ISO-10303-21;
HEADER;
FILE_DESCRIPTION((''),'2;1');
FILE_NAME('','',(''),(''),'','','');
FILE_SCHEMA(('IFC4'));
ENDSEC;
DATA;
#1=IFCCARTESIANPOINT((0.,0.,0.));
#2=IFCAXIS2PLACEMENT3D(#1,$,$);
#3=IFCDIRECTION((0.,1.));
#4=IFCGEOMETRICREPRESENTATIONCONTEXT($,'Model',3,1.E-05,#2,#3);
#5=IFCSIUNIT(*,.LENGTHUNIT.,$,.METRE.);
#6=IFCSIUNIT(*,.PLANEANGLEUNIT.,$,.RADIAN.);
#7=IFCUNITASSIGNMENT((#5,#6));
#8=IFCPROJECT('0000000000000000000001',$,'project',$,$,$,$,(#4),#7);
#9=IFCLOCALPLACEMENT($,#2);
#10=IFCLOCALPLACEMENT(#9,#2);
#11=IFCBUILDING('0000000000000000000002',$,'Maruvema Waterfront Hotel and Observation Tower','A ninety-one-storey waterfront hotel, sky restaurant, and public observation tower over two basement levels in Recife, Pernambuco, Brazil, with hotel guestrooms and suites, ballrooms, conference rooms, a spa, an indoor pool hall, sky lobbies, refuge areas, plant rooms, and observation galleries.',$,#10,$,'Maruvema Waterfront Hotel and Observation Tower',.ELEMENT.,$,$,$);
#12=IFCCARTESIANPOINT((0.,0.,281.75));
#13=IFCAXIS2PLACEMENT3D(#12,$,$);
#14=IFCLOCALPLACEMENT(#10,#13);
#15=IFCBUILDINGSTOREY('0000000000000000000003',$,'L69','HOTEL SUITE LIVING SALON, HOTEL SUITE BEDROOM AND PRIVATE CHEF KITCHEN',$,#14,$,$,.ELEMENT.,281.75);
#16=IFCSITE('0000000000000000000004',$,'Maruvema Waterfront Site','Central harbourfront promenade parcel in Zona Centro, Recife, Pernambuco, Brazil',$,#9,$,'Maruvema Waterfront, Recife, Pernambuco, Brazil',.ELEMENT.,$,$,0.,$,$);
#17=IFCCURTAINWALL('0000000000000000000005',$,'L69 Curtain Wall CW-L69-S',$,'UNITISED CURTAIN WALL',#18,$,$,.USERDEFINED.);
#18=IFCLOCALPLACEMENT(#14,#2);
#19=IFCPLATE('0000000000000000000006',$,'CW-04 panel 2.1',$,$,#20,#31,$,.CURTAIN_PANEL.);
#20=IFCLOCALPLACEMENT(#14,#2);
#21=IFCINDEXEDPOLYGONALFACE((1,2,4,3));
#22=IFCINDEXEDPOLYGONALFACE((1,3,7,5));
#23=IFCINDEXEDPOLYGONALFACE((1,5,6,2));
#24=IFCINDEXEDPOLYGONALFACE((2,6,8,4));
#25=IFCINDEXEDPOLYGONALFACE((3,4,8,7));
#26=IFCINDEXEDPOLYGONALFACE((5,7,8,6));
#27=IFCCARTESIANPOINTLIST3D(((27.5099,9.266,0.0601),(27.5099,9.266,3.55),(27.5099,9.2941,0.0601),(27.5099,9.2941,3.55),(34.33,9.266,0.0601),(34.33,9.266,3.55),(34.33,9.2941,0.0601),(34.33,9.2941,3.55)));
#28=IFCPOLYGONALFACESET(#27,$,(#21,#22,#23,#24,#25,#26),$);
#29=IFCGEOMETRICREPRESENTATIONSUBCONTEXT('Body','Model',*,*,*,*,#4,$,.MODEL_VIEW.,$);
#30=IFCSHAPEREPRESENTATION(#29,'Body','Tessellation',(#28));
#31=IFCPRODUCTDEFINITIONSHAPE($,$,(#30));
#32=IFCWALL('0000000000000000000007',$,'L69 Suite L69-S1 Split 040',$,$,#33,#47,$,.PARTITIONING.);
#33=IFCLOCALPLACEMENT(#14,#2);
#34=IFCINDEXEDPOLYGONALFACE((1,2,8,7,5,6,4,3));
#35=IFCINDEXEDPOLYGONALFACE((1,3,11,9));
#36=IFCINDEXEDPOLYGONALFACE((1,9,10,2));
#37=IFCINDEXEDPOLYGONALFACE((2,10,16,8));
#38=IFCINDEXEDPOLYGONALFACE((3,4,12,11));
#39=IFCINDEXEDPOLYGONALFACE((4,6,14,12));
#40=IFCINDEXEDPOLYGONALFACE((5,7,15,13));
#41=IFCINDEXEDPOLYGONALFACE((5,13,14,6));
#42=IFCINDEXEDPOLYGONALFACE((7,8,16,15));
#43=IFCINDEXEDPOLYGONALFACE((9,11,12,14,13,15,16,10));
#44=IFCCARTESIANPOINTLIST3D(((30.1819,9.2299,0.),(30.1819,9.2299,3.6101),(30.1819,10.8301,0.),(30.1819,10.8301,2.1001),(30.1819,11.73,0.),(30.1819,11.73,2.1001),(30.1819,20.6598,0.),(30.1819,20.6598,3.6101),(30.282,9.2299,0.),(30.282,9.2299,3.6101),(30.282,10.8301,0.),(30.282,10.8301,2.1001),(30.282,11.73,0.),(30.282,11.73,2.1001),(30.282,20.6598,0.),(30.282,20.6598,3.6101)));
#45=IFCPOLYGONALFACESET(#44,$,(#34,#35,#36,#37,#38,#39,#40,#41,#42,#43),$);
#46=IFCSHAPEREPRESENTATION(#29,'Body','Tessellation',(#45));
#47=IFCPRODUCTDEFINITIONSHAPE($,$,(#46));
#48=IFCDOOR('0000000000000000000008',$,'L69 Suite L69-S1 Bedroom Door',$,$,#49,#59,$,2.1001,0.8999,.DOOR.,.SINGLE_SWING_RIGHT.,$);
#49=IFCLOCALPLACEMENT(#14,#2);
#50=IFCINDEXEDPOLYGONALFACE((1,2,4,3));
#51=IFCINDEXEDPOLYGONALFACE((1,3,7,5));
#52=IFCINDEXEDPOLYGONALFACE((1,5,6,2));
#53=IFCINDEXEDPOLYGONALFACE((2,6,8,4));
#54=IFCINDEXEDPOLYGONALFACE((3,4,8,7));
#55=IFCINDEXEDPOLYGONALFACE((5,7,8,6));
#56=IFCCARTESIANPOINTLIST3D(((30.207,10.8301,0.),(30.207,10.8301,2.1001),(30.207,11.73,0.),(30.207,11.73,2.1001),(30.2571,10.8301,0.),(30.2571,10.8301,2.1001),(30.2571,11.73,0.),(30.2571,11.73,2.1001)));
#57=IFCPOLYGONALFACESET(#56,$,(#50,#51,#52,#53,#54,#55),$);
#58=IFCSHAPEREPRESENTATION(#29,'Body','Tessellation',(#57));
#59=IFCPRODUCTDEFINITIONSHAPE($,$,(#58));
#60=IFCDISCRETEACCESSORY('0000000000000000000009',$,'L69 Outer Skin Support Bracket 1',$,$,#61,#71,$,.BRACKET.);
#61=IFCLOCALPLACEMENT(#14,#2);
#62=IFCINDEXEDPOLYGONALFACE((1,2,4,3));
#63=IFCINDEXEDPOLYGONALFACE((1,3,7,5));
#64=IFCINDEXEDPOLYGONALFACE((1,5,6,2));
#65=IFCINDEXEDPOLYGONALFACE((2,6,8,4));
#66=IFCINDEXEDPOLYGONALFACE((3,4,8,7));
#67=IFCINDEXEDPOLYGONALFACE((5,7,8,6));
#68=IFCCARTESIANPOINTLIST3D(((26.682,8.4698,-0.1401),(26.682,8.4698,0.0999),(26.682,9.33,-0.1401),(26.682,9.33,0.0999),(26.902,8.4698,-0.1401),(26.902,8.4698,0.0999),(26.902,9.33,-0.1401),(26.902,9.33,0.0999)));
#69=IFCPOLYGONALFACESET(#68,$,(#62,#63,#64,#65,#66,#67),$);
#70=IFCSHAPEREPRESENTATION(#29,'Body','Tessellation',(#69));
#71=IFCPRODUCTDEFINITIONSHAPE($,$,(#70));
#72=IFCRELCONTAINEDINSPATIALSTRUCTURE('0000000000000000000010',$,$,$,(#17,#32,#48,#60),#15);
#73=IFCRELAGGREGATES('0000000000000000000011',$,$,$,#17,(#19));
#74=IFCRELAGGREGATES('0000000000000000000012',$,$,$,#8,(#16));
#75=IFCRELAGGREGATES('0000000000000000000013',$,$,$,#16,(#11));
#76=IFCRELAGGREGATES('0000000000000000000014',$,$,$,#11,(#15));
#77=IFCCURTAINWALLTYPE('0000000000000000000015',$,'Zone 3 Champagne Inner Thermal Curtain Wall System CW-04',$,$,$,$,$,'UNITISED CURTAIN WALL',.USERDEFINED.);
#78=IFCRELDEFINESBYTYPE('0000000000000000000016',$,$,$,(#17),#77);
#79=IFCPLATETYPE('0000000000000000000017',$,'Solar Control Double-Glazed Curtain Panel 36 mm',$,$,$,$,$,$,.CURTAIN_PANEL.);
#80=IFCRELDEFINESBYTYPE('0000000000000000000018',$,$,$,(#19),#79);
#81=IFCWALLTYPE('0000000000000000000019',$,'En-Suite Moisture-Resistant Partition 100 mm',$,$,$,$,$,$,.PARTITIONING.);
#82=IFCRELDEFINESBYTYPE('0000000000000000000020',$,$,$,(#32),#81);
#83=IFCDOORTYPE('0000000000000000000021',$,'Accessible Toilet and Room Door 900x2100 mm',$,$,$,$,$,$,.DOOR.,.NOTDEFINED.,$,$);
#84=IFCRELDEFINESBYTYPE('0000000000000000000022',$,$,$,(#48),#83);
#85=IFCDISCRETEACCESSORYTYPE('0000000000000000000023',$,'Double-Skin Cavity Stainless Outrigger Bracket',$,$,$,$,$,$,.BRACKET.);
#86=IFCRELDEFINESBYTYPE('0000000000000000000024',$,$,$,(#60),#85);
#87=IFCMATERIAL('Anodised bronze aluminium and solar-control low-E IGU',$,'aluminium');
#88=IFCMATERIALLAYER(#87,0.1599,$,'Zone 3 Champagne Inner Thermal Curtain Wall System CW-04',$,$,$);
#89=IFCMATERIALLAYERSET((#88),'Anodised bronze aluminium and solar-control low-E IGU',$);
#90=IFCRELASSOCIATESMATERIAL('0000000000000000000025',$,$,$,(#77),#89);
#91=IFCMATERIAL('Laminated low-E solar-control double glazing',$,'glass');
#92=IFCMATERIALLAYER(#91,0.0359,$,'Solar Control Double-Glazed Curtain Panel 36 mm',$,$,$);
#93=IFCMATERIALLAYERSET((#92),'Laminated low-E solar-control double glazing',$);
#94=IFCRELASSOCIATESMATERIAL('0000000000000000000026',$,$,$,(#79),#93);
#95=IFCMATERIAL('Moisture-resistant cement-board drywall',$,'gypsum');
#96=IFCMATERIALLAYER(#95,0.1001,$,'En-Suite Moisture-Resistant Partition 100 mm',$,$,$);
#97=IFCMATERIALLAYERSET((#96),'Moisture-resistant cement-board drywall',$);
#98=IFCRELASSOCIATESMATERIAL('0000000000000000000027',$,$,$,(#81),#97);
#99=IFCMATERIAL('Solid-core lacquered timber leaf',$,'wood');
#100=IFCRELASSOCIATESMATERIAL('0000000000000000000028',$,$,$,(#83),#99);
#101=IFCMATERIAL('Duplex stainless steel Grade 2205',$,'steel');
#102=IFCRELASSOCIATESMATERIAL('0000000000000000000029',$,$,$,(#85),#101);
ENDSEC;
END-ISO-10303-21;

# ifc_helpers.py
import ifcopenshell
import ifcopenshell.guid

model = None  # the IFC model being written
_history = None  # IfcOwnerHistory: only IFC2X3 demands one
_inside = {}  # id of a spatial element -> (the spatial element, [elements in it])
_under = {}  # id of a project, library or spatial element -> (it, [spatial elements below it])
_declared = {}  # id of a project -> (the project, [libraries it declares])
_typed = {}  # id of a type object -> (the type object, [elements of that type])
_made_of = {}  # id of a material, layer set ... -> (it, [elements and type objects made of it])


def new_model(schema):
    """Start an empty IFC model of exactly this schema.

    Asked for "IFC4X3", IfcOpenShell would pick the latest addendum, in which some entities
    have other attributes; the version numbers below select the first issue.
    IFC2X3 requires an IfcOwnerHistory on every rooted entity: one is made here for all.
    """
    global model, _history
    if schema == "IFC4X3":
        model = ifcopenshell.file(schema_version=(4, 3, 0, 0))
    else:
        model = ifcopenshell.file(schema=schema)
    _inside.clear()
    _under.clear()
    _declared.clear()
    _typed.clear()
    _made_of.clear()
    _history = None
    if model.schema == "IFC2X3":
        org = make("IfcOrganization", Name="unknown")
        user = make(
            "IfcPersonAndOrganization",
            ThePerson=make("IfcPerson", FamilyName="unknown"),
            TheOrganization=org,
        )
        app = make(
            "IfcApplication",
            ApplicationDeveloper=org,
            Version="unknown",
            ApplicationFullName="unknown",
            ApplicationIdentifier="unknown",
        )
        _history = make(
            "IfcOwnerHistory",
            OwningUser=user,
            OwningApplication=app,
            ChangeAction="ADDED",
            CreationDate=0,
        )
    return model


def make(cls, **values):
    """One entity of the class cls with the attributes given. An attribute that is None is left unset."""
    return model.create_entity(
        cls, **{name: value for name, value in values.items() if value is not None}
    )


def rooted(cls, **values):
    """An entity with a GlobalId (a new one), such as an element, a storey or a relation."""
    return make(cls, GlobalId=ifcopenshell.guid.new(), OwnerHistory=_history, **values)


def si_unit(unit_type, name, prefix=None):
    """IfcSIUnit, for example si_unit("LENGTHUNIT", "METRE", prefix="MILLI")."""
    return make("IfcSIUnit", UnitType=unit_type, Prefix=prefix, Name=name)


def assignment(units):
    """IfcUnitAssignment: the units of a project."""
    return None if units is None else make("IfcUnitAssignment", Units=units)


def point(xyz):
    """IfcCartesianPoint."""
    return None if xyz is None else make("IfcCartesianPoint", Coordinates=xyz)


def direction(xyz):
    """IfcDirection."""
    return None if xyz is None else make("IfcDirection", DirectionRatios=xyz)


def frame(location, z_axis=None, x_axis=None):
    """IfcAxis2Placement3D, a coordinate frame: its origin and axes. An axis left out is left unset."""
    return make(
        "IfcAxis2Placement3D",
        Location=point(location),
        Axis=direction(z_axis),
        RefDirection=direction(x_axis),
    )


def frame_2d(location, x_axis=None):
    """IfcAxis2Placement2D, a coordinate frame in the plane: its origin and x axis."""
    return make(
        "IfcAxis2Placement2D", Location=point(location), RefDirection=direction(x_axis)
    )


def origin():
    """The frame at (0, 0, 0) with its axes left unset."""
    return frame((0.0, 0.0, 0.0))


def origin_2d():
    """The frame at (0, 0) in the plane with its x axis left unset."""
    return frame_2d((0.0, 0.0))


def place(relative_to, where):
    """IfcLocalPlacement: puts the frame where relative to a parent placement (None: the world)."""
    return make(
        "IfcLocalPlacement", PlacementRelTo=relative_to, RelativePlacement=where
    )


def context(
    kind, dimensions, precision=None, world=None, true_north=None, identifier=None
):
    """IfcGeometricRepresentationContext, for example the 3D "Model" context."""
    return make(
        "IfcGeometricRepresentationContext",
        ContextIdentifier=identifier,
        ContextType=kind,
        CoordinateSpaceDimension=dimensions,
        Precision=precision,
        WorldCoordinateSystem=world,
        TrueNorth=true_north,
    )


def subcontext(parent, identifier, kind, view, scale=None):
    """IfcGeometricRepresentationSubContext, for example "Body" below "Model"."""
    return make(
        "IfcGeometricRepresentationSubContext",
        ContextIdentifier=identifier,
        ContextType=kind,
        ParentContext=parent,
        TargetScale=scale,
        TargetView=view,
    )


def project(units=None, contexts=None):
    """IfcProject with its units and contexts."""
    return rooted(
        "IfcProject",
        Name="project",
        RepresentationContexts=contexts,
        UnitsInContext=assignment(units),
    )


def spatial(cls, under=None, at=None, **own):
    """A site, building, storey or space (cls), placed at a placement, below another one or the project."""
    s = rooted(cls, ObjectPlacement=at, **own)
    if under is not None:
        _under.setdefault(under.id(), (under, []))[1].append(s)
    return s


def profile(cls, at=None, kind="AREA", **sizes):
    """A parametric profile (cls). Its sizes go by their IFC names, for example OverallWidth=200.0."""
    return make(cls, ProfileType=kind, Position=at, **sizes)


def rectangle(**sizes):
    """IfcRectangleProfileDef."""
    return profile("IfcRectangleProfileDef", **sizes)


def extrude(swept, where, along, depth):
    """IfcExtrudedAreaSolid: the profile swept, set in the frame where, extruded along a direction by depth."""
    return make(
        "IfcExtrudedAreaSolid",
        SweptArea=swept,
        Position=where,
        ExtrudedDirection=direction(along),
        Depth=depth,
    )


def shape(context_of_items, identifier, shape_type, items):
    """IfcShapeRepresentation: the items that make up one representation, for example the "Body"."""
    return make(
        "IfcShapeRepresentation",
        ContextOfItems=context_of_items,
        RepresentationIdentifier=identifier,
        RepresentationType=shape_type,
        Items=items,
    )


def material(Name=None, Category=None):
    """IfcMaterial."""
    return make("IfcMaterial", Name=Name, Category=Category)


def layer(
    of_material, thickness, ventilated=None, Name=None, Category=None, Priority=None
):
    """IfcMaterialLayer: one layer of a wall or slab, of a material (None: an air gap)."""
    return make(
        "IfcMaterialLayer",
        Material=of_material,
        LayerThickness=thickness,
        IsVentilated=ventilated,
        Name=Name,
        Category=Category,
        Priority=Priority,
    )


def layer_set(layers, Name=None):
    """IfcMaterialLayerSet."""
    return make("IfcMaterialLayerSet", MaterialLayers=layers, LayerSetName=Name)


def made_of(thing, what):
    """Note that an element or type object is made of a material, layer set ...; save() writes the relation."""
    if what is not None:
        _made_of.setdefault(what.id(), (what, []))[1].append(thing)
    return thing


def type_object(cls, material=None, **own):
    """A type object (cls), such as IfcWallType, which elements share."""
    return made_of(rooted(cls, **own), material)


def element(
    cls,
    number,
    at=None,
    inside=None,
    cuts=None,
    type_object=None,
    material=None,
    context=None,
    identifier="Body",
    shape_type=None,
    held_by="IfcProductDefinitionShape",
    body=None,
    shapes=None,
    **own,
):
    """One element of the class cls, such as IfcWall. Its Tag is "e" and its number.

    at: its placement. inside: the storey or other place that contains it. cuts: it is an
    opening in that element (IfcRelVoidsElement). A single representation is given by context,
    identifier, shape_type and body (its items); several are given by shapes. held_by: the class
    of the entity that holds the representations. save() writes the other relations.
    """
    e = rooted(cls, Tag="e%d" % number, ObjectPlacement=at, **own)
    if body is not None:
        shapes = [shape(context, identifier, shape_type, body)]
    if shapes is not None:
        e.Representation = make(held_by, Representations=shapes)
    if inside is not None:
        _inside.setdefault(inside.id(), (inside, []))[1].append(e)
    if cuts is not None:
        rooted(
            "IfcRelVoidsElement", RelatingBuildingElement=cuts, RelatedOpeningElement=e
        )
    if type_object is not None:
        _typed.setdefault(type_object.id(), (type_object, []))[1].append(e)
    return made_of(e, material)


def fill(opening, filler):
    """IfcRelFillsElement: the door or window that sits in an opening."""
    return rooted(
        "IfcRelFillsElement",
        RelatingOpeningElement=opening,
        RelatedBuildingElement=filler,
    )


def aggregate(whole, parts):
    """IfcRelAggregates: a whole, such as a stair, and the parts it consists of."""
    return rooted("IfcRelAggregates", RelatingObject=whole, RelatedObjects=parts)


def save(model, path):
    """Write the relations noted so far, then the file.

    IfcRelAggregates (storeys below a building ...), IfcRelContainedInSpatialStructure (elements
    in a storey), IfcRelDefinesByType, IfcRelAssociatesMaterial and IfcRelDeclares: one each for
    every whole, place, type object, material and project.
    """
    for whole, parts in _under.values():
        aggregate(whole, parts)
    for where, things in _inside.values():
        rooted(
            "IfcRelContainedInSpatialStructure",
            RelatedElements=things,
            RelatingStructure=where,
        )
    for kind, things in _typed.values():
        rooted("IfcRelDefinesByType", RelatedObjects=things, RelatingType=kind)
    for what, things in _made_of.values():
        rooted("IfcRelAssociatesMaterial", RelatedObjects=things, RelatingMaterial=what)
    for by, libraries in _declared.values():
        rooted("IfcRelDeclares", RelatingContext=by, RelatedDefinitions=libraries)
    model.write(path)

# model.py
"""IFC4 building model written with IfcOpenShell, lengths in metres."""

from ifc_helpers import new_model, si_unit, direction, frame, frame_2d, origin, origin_2d, place, context, subcontext, project, spatial, rectangle, extrude, material, layer, layer_set, type_object, element, fill, aggregate, save


model = new_model("IFC4")

# Units and contexts
model_context = context("Model", 3, precision=1e-05, world=origin(), true_north=direction((0.0, 1.0)))
body_context = subcontext(model_context, "Body", "Model", "MODEL_VIEW")
ifc_project = project(units=[si_unit("LENGTHUNIT", "METRE"), si_unit("PLANEANGLEUNIT", "RADIAN")], contexts=[model_context])

# Site, building, storey
site_placement = place(None, origin())
site = spatial("IfcSite", under=ifc_project, at=site_placement, Name="Maruvema Waterfront Site", Description="Central harbourfront promenade parcel in Zona Centro, Recife, Pernambuco, Brazil", LongName="Maruvema Waterfront, Recife, Pernambuco, Brazil", CompositionType="ELEMENT", RefElevation=0.0)
building_placement = place(site_placement, origin())
building = spatial("IfcBuilding", under=site, at=building_placement, Name="Maruvema Waterfront Hotel and Observation Tower", Description="A ninety-one-storey waterfront hotel, sky restaurant, and public observation tower over two basement levels in Recife, Pernambuco, Brazil, with hotel guestrooms and suites, ballrooms, conference rooms, a spa, an indoor pool hall, sky lobbies, refuge areas, plant rooms, and observation galleries.", LongName="Maruvema Waterfront Hotel and Observation Tower", CompositionType="ELEMENT")
storey_placement = place(building_placement, frame((0.0, 0.0, 281.75)))
storey = spatial("IfcBuildingStorey", under=building, at=storey_placement, Name="L69", Description="HOTEL SUITE LIVING SALON, HOTEL SUITE BEDROOM AND PRIVATE CHEF KITCHEN", CompositionType="ELEMENT", Elevation=281.75)

# Curtain wall
ifc_material_1 = material(Name="Anodised bronze aluminium and solar-control low-E IGU", Category="aluminium")
ifc_layer_1 = layer(ifc_material_1, 0.1599, Name="Zone 3 Champagne Inner Thermal Curtain Wall System CW-04")
ifc_layer_set_1 = layer_set([ifc_layer_1], Name="Anodised bronze aluminium and solar-control low-E IGU")
curtain_wall_type = type_object("IfcCurtainWallType", Name="Zone 3 Champagne Inner Thermal Curtain Wall System CW-04", ElementType="UNITISED CURTAIN WALL", PredefinedType="USERDEFINED", material=ifc_layer_set_1)
curtain_wall_placement = place(storey_placement, origin())
curtain_wall = element("IfcCurtainWall", 1, at=curtain_wall_placement, inside=storey, type_object=curtain_wall_type, Name="L69 Curtain Wall CW-L69-S", ObjectType="UNITISED CURTAIN WALL", PredefinedType="USERDEFINED")

# Plate
ifc_material_2 = material(Name="Laminated low-E solar-control double glazing", Category="glass")
ifc_layer_2 = layer(ifc_material_2, 0.0359, Name="Solar Control Double-Glazed Curtain Panel 36 mm")
ifc_layer_set_2 = layer_set([ifc_layer_2], Name="Laminated low-E solar-control double glazing")
plate_type = type_object("IfcPlateType", Name="Solar Control Double-Glazed Curtain Panel 36 mm", PredefinedType="CURTAIN_PANEL", material=ifc_layer_set_2)
plate_placement = place(storey_placement, frame((30.9199, 9.28, 0.0601), z_axis=(0.0, 0.0, 1.0), x_axis=(1.0, 0.0, 0.0)))
plate = element("IfcPlate", 2, at=plate_placement, type_object=plate_type, Name="CW-04 panel 2.1", PredefinedType="CURTAIN_PANEL", context=body_context, shape_type="SweptSolid", body=[
    extrude(rectangle(XDim=6.8201, YDim=0.0281, at=origin_2d()), origin(), (0.0, 0.0, 1.0), 3.49),
])
aggregate(curtain_wall, [plate])

# Wall, opening, door
ifc_material_3 = material(Name="Moisture-resistant cement-board drywall", Category="gypsum")
ifc_layer_3 = layer(ifc_material_3, 0.1001, Name="En-Suite Moisture-Resistant Partition 100 mm")
ifc_layer_set_3 = layer_set([ifc_layer_3], Name="Moisture-resistant cement-board drywall")
wall_type = type_object("IfcWallType", Name="En-Suite Moisture-Resistant Partition 100 mm", PredefinedType="PARTITIONING", material=ifc_layer_set_3)
wall_placement = place(storey_placement, frame((30.2319, 9.23, 0.0), z_axis=(0.0, 0.0, 1.0), x_axis=(0.0, 1.0, 0.0)))
wall = element("IfcWall", 3, at=wall_placement, inside=storey, type_object=wall_type, Name="L69 Suite L69-S1 Split 040", PredefinedType="PARTITIONING", context=body_context, shape_type="SweptSolid", body=[
    extrude(rectangle(XDim=11.4299, YDim=0.1001, at=frame_2d((5.7148, 0.0))), origin(), (0.0, 0.0, 1.0), 3.6101),
])
opening_placement = place(wall_placement, frame((1.6001, 0.0, 0.0)))
opening = element("IfcOpeningElement", 4, at=opening_placement, cuts=wall, PredefinedType="OPENING", context=body_context, shape_type="SweptSolid", body=[
    extrude(rectangle(XDim=0.8999, YDim=2.1001, at=frame_2d((0.45, 1.05))), frame((0.0, 0.0601, 0.0), z_axis=(0.0, -1.0, 0.0), x_axis=(1.0, 0.0, 0.0)), (0.0, 0.0, 1.0), 0.1201),
])
ifc_material_4 = material(Name="Solid-core lacquered timber leaf", Category="wood")
door_type = type_object("IfcDoorType", Name="Accessible Toilet and Room Door 900x2100 mm", OperationType="NOTDEFINED", PredefinedType="DOOR", material=ifc_material_4)
door_placement = place(opening_placement, origin())
door = element("IfcDoor", 5, at=door_placement, inside=storey, type_object=door_type, Name="L69 Suite L69-S1 Bedroom Door", OperationType="SINGLE_SWING_RIGHT", OverallHeight=2.1001, OverallWidth=0.8999, PredefinedType="DOOR", context=body_context, shape_type="SweptSolid", body=[
    extrude(rectangle(XDim=0.8999, YDim=2.1001, at=frame_2d((0.45, 1.05))), frame((0.0, 0.0249, 0.0), z_axis=(0.0, -1.0, 0.0), x_axis=(1.0, 0.0, 0.0)), (0.0, 0.0, 1.0), 0.05),
])
fill(opening, door)

# Discrete accessory
ifc_material_5 = material(Name="Duplex stainless steel Grade 2205", Category="steel")
discrete_accessory_type = type_object("IfcDiscreteAccessoryType", Name="Double-Skin Cavity Stainless Outrigger Bracket", PredefinedType="BRACKET", material=ifc_material_5)
discrete_accessory_placement = place(storey_placement, frame((26.792, 8.8999, -0.1401), z_axis=(0.0, 0.0, 1.0), x_axis=(1.0, 0.0, 0.0)))
element("IfcDiscreteAccessory", 6, at=discrete_accessory_placement, inside=storey, type_object=discrete_accessory_type, Name="L69 Outer Skin Support Bracket 1", PredefinedType="BRACKET", context=body_context, shape_type="SweptSolid", body=[
    extrude(rectangle(XDim=0.22, YDim=0.8601, at=origin_2d()), origin(), (0.0, 0.0, 1.0), 0.24),
])

save(model, "model.ifc")
